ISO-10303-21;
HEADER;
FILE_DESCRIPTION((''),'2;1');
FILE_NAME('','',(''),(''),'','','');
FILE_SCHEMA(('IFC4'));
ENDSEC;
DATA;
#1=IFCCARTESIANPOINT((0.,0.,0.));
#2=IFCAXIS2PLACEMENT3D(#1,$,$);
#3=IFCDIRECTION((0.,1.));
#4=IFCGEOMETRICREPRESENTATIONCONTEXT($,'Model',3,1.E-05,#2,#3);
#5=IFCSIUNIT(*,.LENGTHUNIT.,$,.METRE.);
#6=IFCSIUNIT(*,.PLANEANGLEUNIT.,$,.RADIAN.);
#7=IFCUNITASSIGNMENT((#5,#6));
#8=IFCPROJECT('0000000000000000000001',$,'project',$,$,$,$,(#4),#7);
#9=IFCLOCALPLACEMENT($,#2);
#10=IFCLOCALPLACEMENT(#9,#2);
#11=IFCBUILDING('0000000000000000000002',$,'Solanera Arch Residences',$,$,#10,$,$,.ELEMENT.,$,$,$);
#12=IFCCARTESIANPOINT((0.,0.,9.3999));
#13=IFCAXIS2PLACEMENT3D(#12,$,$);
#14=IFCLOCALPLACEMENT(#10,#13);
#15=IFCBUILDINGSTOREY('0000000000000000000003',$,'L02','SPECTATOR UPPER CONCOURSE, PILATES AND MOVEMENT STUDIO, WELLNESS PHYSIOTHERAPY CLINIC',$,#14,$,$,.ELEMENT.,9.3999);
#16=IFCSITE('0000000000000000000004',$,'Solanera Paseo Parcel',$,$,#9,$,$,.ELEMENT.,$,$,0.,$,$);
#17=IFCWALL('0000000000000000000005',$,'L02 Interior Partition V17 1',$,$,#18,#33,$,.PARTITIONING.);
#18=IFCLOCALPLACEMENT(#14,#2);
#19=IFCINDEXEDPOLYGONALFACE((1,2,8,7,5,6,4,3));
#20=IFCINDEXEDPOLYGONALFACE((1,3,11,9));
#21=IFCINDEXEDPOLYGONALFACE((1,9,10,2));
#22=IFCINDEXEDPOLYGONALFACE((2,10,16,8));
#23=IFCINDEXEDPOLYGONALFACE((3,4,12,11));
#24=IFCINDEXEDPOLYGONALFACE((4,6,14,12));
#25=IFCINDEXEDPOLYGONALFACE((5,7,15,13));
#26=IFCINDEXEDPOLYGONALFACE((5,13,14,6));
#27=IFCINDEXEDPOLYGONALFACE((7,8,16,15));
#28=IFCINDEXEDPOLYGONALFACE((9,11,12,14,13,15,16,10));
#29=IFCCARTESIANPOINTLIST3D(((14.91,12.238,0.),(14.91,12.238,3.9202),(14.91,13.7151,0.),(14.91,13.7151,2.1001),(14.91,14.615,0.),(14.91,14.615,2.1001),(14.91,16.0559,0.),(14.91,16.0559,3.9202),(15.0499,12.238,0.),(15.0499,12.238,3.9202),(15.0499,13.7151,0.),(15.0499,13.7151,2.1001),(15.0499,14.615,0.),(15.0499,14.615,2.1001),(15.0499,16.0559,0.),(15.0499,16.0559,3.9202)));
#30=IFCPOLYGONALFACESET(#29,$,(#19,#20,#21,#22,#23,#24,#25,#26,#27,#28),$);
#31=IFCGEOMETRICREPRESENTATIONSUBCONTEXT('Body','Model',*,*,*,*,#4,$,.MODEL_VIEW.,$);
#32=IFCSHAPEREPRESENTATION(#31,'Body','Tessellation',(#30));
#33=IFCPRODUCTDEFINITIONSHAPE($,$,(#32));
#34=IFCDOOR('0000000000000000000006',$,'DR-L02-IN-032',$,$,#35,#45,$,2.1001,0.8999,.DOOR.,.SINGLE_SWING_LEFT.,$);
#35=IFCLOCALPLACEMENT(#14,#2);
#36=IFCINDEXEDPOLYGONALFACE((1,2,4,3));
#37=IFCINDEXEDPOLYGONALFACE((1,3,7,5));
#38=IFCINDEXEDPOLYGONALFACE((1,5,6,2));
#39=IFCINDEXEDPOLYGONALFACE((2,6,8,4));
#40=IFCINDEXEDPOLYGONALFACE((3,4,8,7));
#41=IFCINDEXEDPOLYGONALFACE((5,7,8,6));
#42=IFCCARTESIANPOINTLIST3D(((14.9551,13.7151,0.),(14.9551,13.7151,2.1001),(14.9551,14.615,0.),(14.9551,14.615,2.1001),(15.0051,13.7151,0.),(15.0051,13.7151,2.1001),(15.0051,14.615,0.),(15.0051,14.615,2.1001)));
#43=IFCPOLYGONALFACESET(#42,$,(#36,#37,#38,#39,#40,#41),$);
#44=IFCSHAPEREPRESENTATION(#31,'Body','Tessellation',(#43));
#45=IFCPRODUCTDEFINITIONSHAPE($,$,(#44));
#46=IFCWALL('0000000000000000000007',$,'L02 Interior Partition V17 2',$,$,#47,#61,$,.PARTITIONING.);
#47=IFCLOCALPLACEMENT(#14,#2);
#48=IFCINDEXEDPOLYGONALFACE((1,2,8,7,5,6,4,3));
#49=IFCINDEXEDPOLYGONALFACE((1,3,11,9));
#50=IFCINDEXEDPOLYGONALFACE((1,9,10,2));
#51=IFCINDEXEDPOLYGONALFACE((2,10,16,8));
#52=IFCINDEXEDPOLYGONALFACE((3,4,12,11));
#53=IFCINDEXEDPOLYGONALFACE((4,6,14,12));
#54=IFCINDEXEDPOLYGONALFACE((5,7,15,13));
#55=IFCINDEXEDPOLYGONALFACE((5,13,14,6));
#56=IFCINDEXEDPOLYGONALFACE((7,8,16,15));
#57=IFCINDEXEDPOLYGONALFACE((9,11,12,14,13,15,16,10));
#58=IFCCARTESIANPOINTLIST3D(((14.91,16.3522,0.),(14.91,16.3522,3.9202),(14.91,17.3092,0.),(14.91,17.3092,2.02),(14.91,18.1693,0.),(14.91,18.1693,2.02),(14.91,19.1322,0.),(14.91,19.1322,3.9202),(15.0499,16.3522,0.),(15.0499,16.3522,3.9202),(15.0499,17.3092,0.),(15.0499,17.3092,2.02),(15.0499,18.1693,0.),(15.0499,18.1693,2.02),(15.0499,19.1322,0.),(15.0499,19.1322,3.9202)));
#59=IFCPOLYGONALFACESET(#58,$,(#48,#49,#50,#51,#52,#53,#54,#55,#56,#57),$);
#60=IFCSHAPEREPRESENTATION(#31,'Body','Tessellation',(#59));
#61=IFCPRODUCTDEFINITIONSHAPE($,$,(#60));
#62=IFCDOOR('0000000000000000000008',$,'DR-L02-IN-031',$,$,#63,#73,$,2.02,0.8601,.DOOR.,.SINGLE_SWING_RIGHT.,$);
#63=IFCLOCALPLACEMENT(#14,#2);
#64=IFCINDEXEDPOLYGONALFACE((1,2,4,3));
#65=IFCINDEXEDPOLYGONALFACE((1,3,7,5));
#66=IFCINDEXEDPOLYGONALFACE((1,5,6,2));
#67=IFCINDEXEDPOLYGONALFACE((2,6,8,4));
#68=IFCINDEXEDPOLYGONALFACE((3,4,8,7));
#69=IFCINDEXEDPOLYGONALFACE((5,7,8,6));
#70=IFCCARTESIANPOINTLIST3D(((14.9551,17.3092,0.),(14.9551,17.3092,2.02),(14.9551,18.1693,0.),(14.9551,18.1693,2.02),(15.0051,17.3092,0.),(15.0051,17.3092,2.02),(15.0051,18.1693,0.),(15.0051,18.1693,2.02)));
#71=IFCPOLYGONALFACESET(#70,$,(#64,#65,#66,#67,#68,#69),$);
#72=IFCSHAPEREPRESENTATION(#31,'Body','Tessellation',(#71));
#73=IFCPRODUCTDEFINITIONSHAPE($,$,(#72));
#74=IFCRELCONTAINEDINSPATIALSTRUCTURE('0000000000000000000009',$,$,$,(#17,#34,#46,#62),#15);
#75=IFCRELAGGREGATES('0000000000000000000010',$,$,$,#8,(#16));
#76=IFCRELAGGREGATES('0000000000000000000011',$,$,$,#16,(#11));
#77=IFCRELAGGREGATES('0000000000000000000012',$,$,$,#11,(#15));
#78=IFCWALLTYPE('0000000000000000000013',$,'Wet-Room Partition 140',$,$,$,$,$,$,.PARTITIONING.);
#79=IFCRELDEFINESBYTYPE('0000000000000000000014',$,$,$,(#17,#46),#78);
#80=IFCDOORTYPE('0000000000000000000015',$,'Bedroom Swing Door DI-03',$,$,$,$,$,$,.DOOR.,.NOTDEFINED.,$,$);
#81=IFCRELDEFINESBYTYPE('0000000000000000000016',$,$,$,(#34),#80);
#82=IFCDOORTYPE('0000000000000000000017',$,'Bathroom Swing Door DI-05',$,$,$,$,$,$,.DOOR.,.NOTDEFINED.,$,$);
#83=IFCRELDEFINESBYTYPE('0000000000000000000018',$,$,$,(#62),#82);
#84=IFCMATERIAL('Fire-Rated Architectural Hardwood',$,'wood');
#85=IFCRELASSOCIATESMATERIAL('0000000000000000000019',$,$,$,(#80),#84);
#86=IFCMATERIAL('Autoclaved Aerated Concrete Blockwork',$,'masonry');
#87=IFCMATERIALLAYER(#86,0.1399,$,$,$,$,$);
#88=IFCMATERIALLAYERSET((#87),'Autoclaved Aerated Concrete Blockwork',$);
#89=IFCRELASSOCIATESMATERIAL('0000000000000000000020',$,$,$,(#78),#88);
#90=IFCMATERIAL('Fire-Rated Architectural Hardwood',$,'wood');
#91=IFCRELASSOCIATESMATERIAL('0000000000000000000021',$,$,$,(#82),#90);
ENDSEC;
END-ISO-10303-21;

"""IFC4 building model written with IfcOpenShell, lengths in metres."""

from ifc_helpers import new_model, si_unit, direction, frame, frame_2d, origin, place, context, subcontext, project, spatial, rectangle, extrude, material, layer, layer_set, type_object, element, fill, save


model = new_model("IFC4")

# Units and contexts
model_context = context("Model", 3, precision=1e-05, world=origin(), true_north=direction((0.0, 1.0)))
body_context = subcontext(model_context, "Body", "Model", "MODEL_VIEW")
ifc_project = project(units=[si_unit("LENGTHUNIT", "METRE"), si_unit("PLANEANGLEUNIT", "RADIAN")], contexts=[model_context])

# Site, building, storey
site_placement = place(None, origin())
site = spatial("IfcSite", under=ifc_project, at=site_placement, Name="Solanera Paseo Parcel", CompositionType="ELEMENT", RefElevation=0.0)
building_placement = place(site_placement, origin())
building = spatial("IfcBuilding", under=site, at=building_placement, Name="Solanera Arch Residences", CompositionType="ELEMENT")
storey_placement = place(building_placement, frame((0.0, 0.0, 9.3999)))
storey = spatial("IfcBuildingStorey", under=building, at=storey_placement, Name="L02", Description="SPECTATOR UPPER CONCOURSE, PILATES AND MOVEMENT STUDIO, WELLNESS PHYSIOTHERAPY CLINIC", CompositionType="ELEMENT", Elevation=9.3999)

# Shared definitions
ifc_material_1 = material(Name="Fire-Rated Architectural Hardwood", Category="wood")
door_type_1 = type_object("IfcDoorType", Name="Bedroom Swing Door DI-03", OperationType="NOTDEFINED", PredefinedType="DOOR", material=ifc_material_1)

# Shared definitions
ifc_material_2 = material(Name="Autoclaved Aerated Concrete Blockwork", Category="masonry")
ifc_layer_1 = layer(ifc_material_2, 0.1399)
ifc_layer_set_1 = layer_set([ifc_layer_1], Name="Autoclaved Aerated Concrete Blockwork")
wall_type_1 = type_object("IfcWallType", Name="Wet-Room Partition 140", PredefinedType="PARTITIONING", material=ifc_layer_set_1)

# Walls, openings, doors
wall_1_placement = place(storey_placement, frame((14.98, 12.238, 0.0), z_axis=(0.0, 0.0, 1.0), x_axis=(0.0, 1.0, 0.0)))
wall_1 = element("IfcWall", 1, at=wall_1_placement, inside=storey, type_object=wall_type_1, Name="L02 Interior Partition V17 1", PredefinedType="PARTITIONING", context=body_context, shape_type="SweptSolid", body=[
    extrude(rectangle(XDim=3.8179, YDim=0.1399, at=frame_2d((1.9089, 0.0))), origin(), (0.0, 0.0, 1.0), 3.9202),
])
opening_1_placement = place(wall_1_placement, frame((1.4771, 0.0, 0.0)))
opening_1 = element("IfcOpeningElement", 2, at=opening_1_placement, cuts=wall_1, PredefinedType="OPENING", context=body_context, shape_type="SweptSolid", body=[
    extrude(rectangle(XDim=0.8999, YDim=2.1001, at=frame_2d((0.45, 1.05))), frame((0.0, 0.0798, 0.0), z_axis=(0.0, -1.0, 0.0), x_axis=(1.0, 0.0, 0.0)), (0.0, 0.0, 1.0), 0.1599),
])
door_1_placement = place(opening_1_placement, origin())
door_1 = element("IfcDoor", 3, at=door_1_placement, inside=storey, type_object=door_type_1, Name="DR-L02-IN-032", OperationType="SINGLE_SWING_LEFT", OverallHeight=2.1001, OverallWidth=0.8999, PredefinedType="DOOR", context=body_context, shape_type="SweptSolid", body=[
    extrude(rectangle(XDim=0.8999, YDim=2.1001, at=frame_2d((0.45, 1.05))), frame((0.0, 0.0249, 0.0), z_axis=(0.0, -1.0, 0.0), x_axis=(1.0, 0.0, 0.0)), (0.0, 0.0, 1.0), 0.05),
])
fill(opening_1, door_1)
wall_2_placement = place(storey_placement, frame((14.98, 16.3521, 0.0), z_axis=(0.0, 0.0, 1.0), x_axis=(0.0, 1.0, 0.0)))
wall_2 = element("IfcWall", 4, at=wall_2_placement, inside=storey, type_object=wall_type_1, Name="L02 Interior Partition V17 2", PredefinedType="PARTITIONING", context=body_context, shape_type="SweptSolid", body=[
    extrude(rectangle(XDim=2.78, YDim=0.1399, at=frame_2d((1.3901, 0.0))), origin(), (0.0, 0.0, 1.0), 3.9202),
])
opening_2_placement = place(wall_2_placement, frame((0.957, 0.0, 0.0)))
opening_2 = element("IfcOpeningElement", 5, at=opening_2_placement, cuts=wall_2, PredefinedType="OPENING", context=body_context, shape_type="SweptSolid", body=[
    extrude(rectangle(XDim=0.8601, YDim=2.02, at=frame_2d((0.4302, 1.01))), frame((0.0, 0.0798, 0.0), z_axis=(0.0, -1.0, 0.0), x_axis=(1.0, 0.0, 0.0)), (0.0, 0.0, 1.0), 0.1599),
])
ifc_material_3 = material(Name="Fire-Rated Architectural Hardwood", Category="wood")
door_type_2 = type_object("IfcDoorType", Name="Bathroom Swing Door DI-05", OperationType="NOTDEFINED", PredefinedType="DOOR", material=ifc_material_3)
door_2_placement = place(opening_2_placement, origin())
door_2 = element("IfcDoor", 6, at=door_2_placement, inside=storey, type_object=door_type_2, Name="DR-L02-IN-031", OperationType="SINGLE_SWING_RIGHT", OverallHeight=2.02, OverallWidth=0.8601, PredefinedType="DOOR", context=body_context, shape_type="SweptSolid", body=[
    extrude(rectangle(XDim=0.8601, YDim=2.02, at=frame_2d((0.4302, 1.01))), frame((0.0, 0.0249, 0.0), z_axis=(0.0, -1.0, 0.0), x_axis=(1.0, 0.0, 0.0)), (0.0, 0.0, 1.0), 0.05),
])
fill(opening_2, door_2)

save(model, "model.ifc")
